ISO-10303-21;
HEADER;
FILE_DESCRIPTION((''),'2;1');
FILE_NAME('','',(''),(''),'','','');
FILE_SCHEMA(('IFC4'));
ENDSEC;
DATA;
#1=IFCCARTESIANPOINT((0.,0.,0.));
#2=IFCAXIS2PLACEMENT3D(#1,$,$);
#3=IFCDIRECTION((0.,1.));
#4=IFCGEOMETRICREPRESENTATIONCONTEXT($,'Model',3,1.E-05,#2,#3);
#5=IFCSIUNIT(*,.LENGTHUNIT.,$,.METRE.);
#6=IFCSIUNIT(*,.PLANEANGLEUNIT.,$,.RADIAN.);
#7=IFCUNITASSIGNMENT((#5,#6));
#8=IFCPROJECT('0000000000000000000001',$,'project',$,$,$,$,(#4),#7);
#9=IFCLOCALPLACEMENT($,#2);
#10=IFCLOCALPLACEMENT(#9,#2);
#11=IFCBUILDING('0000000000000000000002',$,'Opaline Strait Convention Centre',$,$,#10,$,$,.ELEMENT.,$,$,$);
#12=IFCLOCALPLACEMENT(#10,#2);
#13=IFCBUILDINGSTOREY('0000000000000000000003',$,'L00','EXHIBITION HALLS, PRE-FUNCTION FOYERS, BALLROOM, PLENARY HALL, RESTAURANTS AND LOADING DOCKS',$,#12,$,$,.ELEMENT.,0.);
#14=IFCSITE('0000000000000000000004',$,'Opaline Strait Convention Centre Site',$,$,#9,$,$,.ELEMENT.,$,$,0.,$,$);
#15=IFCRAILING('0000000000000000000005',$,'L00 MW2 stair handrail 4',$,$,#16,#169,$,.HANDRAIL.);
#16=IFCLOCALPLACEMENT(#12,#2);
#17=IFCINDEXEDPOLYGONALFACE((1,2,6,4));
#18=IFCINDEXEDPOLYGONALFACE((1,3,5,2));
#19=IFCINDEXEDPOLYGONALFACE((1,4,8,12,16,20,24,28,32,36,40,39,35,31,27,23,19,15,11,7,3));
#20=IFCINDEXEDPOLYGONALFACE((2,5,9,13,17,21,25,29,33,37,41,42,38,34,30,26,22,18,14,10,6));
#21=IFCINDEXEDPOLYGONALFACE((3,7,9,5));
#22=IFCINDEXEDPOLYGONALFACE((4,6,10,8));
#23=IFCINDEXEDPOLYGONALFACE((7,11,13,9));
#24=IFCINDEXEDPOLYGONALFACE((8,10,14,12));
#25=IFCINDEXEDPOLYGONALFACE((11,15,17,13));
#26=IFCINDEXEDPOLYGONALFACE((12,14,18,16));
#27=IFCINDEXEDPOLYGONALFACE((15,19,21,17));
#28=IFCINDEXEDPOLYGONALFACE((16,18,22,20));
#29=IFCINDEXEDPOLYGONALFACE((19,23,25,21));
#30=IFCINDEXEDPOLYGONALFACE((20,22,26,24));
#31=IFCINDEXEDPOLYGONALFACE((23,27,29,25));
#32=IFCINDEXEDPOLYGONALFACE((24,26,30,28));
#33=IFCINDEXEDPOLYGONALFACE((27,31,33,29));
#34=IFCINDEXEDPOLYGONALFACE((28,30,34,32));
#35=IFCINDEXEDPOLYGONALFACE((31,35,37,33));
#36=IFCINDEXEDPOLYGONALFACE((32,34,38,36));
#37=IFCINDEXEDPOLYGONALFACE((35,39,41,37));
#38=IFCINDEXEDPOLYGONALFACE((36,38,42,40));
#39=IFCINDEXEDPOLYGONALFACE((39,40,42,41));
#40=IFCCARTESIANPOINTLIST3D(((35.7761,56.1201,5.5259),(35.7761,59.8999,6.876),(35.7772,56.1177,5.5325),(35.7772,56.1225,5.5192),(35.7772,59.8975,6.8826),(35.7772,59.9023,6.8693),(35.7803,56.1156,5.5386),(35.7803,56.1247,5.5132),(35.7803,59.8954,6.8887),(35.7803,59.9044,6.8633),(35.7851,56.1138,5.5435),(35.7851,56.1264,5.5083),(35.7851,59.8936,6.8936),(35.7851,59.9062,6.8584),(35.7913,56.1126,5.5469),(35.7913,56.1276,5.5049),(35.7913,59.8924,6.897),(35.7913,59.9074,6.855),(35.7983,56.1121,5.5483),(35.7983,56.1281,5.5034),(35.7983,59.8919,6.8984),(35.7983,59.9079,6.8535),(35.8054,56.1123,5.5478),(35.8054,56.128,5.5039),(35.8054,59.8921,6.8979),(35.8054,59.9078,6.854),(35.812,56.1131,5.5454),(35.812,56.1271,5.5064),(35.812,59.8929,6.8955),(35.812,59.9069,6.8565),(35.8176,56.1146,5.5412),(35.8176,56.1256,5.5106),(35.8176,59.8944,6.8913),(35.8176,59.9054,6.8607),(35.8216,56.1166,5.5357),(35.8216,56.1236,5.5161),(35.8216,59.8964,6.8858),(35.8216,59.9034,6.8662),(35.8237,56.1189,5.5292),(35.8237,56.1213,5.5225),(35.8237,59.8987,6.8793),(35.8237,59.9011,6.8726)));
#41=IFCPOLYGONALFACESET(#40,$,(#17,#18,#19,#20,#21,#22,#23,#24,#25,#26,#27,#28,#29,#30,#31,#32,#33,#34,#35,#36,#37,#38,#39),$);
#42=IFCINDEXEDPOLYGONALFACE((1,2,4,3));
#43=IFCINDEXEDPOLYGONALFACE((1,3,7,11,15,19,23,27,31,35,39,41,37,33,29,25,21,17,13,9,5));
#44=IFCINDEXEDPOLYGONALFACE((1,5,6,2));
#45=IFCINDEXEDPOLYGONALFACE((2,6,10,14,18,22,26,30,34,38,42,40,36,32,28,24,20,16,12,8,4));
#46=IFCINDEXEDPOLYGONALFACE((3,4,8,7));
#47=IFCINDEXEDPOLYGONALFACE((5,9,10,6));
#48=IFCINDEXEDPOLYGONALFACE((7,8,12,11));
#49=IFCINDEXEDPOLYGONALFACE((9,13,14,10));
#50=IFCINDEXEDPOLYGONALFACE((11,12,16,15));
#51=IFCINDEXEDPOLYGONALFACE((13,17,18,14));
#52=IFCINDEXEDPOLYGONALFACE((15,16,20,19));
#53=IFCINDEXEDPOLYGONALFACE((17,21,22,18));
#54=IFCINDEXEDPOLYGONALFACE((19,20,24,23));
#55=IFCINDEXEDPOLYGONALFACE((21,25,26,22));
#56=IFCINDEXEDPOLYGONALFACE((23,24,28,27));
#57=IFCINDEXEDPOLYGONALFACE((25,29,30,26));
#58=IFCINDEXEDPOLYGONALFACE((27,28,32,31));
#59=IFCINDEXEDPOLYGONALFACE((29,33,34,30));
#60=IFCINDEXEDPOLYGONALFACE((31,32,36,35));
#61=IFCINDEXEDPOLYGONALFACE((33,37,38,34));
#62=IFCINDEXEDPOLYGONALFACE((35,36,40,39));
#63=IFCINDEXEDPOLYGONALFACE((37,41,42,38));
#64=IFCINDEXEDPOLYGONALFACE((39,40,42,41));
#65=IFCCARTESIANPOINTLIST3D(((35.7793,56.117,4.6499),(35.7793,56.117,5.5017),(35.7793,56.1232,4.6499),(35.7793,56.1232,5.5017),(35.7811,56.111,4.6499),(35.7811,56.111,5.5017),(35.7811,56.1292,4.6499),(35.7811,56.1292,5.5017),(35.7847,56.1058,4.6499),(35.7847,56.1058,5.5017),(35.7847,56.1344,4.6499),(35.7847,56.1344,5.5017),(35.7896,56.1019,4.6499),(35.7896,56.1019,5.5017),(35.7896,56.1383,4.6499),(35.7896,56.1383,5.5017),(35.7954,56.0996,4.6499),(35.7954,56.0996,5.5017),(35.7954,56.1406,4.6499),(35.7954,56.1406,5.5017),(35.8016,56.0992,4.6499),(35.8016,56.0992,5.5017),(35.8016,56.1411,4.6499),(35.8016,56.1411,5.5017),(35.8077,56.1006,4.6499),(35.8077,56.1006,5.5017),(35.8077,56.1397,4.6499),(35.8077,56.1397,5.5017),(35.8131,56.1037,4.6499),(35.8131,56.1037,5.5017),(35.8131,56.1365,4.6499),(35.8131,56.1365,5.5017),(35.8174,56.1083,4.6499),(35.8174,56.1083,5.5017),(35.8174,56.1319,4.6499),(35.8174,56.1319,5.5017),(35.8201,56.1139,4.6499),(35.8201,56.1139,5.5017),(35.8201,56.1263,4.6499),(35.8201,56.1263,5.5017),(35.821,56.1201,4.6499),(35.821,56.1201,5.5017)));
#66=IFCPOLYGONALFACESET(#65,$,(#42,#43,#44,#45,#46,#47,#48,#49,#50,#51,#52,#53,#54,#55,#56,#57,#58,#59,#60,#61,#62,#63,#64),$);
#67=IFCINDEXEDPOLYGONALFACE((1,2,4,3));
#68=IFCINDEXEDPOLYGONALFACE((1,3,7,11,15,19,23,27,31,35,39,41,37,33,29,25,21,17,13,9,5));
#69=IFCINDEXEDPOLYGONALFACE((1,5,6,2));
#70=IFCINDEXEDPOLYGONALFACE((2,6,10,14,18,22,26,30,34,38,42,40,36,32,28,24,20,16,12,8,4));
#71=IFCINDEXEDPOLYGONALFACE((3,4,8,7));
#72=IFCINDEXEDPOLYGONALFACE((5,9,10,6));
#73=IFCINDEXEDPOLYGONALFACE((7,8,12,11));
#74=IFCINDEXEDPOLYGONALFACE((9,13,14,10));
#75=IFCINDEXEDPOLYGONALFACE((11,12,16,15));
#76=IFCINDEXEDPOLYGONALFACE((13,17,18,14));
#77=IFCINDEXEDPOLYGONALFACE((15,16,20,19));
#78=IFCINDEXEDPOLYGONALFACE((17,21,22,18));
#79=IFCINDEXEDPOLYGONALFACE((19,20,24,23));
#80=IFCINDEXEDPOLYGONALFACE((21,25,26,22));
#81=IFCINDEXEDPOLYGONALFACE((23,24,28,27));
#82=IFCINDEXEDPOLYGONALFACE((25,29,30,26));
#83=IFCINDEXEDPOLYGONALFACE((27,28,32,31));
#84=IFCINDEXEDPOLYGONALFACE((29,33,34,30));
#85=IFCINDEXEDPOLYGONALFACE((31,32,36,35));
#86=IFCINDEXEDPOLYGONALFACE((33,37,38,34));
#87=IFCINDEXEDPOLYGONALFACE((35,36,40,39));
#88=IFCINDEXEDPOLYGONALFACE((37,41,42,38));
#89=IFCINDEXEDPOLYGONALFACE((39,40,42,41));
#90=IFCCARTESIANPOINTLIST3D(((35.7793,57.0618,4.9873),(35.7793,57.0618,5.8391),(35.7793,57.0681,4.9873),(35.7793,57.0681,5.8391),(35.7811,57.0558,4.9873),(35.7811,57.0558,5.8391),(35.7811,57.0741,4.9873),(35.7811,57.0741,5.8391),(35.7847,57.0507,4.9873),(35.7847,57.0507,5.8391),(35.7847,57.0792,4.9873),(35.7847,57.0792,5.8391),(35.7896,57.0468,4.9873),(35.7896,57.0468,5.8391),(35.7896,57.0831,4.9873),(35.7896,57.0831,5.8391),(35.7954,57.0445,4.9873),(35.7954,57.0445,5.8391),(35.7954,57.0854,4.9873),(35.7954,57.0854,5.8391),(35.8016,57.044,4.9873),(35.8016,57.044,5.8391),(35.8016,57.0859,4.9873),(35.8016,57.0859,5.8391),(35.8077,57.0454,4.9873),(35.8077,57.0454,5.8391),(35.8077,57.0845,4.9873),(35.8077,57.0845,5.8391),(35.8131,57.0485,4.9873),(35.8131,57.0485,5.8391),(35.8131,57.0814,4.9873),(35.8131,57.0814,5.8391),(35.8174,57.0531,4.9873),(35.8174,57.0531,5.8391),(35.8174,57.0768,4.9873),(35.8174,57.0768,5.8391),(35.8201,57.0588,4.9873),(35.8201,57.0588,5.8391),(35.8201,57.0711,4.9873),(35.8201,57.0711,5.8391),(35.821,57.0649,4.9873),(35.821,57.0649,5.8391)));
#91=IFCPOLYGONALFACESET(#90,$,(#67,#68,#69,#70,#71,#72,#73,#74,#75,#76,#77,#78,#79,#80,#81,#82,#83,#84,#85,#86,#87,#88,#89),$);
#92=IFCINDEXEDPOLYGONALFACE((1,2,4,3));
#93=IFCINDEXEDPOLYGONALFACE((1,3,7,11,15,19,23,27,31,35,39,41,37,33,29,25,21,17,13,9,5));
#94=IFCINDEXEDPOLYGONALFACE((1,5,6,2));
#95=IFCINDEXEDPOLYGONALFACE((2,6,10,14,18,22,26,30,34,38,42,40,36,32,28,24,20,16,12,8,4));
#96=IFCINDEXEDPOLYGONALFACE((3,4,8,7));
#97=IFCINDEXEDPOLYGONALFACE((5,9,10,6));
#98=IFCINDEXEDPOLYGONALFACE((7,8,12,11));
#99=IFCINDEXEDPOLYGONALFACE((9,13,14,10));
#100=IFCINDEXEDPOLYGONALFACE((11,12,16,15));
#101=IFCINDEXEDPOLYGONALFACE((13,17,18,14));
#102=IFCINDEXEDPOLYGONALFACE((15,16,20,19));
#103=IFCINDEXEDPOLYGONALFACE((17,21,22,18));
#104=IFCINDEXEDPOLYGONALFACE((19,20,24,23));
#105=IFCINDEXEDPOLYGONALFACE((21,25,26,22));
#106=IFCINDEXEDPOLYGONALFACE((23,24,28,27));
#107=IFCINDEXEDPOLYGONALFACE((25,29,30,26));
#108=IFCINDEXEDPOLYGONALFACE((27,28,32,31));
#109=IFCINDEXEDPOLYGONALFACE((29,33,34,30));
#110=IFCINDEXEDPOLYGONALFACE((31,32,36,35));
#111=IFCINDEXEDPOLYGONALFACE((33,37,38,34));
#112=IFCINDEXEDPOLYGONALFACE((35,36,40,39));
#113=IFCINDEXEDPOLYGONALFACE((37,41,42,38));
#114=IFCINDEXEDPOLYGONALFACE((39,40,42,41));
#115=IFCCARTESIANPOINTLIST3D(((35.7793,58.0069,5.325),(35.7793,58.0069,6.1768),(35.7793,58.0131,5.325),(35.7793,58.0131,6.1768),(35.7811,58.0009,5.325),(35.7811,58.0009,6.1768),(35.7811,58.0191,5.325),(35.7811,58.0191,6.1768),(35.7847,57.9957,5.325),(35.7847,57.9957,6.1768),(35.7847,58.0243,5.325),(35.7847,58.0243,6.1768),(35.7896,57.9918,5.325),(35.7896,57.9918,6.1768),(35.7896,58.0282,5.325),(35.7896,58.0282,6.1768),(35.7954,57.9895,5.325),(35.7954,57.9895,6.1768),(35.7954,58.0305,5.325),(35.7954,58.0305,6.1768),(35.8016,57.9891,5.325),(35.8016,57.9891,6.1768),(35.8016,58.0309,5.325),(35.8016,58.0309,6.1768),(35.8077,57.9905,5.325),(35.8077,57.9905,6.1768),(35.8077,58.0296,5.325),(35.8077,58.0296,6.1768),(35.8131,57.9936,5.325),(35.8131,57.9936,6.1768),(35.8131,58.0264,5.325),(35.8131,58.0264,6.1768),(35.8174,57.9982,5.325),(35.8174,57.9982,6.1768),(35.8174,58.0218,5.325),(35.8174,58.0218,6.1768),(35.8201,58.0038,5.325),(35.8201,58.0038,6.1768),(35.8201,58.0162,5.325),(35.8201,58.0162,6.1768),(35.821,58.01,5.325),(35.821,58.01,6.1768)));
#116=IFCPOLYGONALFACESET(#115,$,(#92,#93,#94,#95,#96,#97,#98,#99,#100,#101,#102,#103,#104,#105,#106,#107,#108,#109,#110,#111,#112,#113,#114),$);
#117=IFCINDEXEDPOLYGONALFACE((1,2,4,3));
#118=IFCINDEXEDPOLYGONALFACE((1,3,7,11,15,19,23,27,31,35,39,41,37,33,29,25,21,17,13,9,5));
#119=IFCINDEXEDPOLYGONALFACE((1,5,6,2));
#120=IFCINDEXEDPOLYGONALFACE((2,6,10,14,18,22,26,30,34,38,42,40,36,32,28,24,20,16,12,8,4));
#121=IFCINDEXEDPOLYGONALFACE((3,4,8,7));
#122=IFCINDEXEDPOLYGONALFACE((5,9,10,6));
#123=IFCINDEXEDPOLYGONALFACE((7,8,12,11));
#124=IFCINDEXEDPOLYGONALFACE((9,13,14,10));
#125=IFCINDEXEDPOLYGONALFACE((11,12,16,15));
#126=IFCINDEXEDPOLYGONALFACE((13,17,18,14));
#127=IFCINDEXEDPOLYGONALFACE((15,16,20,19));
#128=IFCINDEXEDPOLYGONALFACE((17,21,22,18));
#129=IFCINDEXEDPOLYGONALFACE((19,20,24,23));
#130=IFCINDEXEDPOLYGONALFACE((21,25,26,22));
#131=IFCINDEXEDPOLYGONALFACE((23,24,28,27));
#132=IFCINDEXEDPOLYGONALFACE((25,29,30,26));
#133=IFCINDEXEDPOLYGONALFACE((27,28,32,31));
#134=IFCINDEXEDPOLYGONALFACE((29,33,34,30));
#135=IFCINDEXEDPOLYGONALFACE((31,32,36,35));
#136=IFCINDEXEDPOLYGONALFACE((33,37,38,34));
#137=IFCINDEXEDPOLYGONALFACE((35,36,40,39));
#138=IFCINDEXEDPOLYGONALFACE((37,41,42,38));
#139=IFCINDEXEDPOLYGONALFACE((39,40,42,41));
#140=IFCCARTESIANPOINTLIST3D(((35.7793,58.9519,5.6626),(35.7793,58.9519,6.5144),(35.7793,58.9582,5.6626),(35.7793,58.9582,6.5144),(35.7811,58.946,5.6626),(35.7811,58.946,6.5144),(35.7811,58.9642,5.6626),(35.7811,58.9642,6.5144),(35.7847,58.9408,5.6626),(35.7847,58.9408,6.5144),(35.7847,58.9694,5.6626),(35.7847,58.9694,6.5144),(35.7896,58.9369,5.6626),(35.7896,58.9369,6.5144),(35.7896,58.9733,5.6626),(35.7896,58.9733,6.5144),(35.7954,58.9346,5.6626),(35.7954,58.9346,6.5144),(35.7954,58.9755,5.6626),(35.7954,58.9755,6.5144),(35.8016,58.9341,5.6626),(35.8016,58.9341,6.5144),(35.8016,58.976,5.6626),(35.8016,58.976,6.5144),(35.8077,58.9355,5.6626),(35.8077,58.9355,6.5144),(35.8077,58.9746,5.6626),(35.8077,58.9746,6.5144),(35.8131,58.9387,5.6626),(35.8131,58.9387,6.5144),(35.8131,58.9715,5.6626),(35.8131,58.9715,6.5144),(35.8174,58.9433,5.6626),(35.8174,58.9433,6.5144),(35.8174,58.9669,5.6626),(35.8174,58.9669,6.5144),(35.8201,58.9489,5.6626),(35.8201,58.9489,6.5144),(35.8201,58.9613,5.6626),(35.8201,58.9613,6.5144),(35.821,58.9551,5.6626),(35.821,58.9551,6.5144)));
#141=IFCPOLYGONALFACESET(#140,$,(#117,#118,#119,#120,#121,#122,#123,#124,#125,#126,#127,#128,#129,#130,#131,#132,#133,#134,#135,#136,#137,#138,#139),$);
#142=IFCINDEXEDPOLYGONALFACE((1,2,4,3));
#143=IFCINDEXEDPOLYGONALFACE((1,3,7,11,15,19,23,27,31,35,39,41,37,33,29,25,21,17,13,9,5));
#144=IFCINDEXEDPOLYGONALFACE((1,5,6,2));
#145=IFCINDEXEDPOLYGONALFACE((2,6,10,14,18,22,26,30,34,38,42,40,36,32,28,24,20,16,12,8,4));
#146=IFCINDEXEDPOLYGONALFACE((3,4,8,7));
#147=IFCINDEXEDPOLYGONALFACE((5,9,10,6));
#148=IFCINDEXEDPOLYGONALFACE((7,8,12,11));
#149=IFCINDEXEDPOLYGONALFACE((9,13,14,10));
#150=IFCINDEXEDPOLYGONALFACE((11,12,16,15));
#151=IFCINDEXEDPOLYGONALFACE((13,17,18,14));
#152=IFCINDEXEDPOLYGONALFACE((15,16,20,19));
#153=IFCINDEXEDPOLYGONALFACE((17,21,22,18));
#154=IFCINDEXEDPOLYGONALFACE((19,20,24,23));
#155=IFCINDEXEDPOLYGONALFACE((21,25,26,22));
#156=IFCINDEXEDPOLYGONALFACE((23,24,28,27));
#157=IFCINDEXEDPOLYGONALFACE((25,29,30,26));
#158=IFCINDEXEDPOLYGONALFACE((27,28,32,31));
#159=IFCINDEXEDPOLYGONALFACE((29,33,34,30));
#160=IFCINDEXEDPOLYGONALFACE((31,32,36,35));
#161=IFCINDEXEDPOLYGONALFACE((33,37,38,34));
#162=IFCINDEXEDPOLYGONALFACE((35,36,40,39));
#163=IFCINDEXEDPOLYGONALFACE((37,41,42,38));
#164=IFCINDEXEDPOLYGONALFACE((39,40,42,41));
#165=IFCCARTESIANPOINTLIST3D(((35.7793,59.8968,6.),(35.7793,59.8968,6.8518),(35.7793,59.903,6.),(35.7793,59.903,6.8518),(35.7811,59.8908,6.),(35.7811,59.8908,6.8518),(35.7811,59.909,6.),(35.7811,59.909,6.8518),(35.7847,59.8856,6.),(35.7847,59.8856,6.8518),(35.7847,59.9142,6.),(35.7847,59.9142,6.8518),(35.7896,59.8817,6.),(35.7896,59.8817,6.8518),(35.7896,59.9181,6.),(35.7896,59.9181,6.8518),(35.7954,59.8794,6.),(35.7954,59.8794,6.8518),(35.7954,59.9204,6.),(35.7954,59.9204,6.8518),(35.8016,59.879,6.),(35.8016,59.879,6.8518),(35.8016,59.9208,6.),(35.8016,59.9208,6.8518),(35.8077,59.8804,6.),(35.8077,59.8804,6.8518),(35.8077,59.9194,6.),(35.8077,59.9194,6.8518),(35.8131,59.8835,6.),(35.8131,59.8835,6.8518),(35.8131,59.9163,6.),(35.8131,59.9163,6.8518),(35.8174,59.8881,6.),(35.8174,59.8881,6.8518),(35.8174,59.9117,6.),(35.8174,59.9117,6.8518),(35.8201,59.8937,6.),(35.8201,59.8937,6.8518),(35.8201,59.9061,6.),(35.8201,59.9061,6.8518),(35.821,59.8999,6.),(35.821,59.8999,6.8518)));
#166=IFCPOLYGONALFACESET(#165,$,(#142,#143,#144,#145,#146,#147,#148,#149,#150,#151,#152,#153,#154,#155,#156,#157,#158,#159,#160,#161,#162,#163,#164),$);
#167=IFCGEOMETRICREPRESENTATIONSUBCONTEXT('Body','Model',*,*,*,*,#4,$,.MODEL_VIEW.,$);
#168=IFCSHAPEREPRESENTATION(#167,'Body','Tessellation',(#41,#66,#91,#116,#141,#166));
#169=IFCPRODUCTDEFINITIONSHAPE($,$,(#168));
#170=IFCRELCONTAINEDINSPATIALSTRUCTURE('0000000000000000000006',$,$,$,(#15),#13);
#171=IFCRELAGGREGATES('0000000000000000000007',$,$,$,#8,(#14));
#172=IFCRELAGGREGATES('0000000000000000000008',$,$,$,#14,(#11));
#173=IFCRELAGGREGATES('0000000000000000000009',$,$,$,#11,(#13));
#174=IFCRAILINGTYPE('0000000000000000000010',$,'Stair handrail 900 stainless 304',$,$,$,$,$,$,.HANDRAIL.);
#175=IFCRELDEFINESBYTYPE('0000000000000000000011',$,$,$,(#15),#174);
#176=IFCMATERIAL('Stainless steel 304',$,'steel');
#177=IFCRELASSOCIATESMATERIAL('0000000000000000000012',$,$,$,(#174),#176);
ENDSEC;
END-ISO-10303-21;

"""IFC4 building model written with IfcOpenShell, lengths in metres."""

from ifc_helpers import new_model, si_unit, direction, frame, origin, origin_2d, place, context, subcontext, project, spatial, circle, extrude, material, type_object, element, save


model = new_model("IFC4")

# Units and contexts
model_context = context("Model", 3, precision=1e-05, world=origin(), true_north=direction((0.0, 1.0)))
body_context = subcontext(model_context, "Body", "Model", "MODEL_VIEW")
ifc_project = project(units=[si_unit("LENGTHUNIT", "METRE"), si_unit("PLANEANGLEUNIT", "RADIAN")], contexts=[model_context])

# Site, building, storey
site_placement = place(None, origin())
site = spatial("IfcSite", under=ifc_project, at=site_placement, Name="Opaline Strait Convention Centre Site", CompositionType="ELEMENT", RefElevation=0.0)
building_placement = place(site_placement, origin())
building = spatial("IfcBuilding", under=site, at=building_placement, Name="Opaline Strait Convention Centre", CompositionType="ELEMENT")
storey_placement = place(building_placement, origin())
storey = spatial("IfcBuildingStorey", under=building, at=storey_placement, Name="L00", Description="EXHIBITION HALLS, PRE-FUNCTION FOYERS, BALLROOM, PLENARY HALL, RESTAURANTS AND LOADING DOCKS", CompositionType="ELEMENT", Elevation=0.0)

# Railing
ifc_material_1 = material(Name="Stainless steel 304", Category="steel")
railing_type = type_object("IfcRailingType", Name="Stair handrail 900 stainless 304", PredefinedType="HANDRAIL", material=ifc_material_1)
for number, where, name in (
    (1, (35.8, 56.1201, 4.6499), "L00 MW2 stair handrail 4"),
):
    element("IfcRailing", number, at=place(storey_placement, frame(where)), inside=storey, type_object=railing_type, Name=name, PredefinedType="HANDRAIL", context=body_context, shape_type="SweptSolid", body=[
        extrude(circle(Radius=0.0239, at=origin_2d()), frame((0.0, 0.0, 0.876), z_axis=(0.0, 0.941728, 0.336375), x_axis=(-1.0, 0.0, 0.0)), (0.0, 0.0, 1.0), 4.0137),
        extrude(circle(Radius=0.021, at=origin_2d()), origin(), (0.0, 0.0, 1.0), 0.8518),
        extrude(circle(Radius=0.021, at=origin_2d()), frame((0.0, 0.9448, 0.3374)), (0.0, 0.0, 1.0), 0.8518),
        extrude(circle(Radius=0.021, at=origin_2d()), frame((0.0, 1.8899, 0.675)), (0.0, 0.0, 1.0), 0.8518),
        extrude(circle(Radius=0.021, at=origin_2d()), frame((0.0, 2.835, 1.0127)), (0.0, 0.0, 1.0), 0.8518),
        extrude(circle(Radius=0.021, at=origin_2d()), frame((0.0, 3.7798, 1.3501)), (0.0, 0.0, 1.0), 0.8518),
    ])

save(model, "model.ifc")
